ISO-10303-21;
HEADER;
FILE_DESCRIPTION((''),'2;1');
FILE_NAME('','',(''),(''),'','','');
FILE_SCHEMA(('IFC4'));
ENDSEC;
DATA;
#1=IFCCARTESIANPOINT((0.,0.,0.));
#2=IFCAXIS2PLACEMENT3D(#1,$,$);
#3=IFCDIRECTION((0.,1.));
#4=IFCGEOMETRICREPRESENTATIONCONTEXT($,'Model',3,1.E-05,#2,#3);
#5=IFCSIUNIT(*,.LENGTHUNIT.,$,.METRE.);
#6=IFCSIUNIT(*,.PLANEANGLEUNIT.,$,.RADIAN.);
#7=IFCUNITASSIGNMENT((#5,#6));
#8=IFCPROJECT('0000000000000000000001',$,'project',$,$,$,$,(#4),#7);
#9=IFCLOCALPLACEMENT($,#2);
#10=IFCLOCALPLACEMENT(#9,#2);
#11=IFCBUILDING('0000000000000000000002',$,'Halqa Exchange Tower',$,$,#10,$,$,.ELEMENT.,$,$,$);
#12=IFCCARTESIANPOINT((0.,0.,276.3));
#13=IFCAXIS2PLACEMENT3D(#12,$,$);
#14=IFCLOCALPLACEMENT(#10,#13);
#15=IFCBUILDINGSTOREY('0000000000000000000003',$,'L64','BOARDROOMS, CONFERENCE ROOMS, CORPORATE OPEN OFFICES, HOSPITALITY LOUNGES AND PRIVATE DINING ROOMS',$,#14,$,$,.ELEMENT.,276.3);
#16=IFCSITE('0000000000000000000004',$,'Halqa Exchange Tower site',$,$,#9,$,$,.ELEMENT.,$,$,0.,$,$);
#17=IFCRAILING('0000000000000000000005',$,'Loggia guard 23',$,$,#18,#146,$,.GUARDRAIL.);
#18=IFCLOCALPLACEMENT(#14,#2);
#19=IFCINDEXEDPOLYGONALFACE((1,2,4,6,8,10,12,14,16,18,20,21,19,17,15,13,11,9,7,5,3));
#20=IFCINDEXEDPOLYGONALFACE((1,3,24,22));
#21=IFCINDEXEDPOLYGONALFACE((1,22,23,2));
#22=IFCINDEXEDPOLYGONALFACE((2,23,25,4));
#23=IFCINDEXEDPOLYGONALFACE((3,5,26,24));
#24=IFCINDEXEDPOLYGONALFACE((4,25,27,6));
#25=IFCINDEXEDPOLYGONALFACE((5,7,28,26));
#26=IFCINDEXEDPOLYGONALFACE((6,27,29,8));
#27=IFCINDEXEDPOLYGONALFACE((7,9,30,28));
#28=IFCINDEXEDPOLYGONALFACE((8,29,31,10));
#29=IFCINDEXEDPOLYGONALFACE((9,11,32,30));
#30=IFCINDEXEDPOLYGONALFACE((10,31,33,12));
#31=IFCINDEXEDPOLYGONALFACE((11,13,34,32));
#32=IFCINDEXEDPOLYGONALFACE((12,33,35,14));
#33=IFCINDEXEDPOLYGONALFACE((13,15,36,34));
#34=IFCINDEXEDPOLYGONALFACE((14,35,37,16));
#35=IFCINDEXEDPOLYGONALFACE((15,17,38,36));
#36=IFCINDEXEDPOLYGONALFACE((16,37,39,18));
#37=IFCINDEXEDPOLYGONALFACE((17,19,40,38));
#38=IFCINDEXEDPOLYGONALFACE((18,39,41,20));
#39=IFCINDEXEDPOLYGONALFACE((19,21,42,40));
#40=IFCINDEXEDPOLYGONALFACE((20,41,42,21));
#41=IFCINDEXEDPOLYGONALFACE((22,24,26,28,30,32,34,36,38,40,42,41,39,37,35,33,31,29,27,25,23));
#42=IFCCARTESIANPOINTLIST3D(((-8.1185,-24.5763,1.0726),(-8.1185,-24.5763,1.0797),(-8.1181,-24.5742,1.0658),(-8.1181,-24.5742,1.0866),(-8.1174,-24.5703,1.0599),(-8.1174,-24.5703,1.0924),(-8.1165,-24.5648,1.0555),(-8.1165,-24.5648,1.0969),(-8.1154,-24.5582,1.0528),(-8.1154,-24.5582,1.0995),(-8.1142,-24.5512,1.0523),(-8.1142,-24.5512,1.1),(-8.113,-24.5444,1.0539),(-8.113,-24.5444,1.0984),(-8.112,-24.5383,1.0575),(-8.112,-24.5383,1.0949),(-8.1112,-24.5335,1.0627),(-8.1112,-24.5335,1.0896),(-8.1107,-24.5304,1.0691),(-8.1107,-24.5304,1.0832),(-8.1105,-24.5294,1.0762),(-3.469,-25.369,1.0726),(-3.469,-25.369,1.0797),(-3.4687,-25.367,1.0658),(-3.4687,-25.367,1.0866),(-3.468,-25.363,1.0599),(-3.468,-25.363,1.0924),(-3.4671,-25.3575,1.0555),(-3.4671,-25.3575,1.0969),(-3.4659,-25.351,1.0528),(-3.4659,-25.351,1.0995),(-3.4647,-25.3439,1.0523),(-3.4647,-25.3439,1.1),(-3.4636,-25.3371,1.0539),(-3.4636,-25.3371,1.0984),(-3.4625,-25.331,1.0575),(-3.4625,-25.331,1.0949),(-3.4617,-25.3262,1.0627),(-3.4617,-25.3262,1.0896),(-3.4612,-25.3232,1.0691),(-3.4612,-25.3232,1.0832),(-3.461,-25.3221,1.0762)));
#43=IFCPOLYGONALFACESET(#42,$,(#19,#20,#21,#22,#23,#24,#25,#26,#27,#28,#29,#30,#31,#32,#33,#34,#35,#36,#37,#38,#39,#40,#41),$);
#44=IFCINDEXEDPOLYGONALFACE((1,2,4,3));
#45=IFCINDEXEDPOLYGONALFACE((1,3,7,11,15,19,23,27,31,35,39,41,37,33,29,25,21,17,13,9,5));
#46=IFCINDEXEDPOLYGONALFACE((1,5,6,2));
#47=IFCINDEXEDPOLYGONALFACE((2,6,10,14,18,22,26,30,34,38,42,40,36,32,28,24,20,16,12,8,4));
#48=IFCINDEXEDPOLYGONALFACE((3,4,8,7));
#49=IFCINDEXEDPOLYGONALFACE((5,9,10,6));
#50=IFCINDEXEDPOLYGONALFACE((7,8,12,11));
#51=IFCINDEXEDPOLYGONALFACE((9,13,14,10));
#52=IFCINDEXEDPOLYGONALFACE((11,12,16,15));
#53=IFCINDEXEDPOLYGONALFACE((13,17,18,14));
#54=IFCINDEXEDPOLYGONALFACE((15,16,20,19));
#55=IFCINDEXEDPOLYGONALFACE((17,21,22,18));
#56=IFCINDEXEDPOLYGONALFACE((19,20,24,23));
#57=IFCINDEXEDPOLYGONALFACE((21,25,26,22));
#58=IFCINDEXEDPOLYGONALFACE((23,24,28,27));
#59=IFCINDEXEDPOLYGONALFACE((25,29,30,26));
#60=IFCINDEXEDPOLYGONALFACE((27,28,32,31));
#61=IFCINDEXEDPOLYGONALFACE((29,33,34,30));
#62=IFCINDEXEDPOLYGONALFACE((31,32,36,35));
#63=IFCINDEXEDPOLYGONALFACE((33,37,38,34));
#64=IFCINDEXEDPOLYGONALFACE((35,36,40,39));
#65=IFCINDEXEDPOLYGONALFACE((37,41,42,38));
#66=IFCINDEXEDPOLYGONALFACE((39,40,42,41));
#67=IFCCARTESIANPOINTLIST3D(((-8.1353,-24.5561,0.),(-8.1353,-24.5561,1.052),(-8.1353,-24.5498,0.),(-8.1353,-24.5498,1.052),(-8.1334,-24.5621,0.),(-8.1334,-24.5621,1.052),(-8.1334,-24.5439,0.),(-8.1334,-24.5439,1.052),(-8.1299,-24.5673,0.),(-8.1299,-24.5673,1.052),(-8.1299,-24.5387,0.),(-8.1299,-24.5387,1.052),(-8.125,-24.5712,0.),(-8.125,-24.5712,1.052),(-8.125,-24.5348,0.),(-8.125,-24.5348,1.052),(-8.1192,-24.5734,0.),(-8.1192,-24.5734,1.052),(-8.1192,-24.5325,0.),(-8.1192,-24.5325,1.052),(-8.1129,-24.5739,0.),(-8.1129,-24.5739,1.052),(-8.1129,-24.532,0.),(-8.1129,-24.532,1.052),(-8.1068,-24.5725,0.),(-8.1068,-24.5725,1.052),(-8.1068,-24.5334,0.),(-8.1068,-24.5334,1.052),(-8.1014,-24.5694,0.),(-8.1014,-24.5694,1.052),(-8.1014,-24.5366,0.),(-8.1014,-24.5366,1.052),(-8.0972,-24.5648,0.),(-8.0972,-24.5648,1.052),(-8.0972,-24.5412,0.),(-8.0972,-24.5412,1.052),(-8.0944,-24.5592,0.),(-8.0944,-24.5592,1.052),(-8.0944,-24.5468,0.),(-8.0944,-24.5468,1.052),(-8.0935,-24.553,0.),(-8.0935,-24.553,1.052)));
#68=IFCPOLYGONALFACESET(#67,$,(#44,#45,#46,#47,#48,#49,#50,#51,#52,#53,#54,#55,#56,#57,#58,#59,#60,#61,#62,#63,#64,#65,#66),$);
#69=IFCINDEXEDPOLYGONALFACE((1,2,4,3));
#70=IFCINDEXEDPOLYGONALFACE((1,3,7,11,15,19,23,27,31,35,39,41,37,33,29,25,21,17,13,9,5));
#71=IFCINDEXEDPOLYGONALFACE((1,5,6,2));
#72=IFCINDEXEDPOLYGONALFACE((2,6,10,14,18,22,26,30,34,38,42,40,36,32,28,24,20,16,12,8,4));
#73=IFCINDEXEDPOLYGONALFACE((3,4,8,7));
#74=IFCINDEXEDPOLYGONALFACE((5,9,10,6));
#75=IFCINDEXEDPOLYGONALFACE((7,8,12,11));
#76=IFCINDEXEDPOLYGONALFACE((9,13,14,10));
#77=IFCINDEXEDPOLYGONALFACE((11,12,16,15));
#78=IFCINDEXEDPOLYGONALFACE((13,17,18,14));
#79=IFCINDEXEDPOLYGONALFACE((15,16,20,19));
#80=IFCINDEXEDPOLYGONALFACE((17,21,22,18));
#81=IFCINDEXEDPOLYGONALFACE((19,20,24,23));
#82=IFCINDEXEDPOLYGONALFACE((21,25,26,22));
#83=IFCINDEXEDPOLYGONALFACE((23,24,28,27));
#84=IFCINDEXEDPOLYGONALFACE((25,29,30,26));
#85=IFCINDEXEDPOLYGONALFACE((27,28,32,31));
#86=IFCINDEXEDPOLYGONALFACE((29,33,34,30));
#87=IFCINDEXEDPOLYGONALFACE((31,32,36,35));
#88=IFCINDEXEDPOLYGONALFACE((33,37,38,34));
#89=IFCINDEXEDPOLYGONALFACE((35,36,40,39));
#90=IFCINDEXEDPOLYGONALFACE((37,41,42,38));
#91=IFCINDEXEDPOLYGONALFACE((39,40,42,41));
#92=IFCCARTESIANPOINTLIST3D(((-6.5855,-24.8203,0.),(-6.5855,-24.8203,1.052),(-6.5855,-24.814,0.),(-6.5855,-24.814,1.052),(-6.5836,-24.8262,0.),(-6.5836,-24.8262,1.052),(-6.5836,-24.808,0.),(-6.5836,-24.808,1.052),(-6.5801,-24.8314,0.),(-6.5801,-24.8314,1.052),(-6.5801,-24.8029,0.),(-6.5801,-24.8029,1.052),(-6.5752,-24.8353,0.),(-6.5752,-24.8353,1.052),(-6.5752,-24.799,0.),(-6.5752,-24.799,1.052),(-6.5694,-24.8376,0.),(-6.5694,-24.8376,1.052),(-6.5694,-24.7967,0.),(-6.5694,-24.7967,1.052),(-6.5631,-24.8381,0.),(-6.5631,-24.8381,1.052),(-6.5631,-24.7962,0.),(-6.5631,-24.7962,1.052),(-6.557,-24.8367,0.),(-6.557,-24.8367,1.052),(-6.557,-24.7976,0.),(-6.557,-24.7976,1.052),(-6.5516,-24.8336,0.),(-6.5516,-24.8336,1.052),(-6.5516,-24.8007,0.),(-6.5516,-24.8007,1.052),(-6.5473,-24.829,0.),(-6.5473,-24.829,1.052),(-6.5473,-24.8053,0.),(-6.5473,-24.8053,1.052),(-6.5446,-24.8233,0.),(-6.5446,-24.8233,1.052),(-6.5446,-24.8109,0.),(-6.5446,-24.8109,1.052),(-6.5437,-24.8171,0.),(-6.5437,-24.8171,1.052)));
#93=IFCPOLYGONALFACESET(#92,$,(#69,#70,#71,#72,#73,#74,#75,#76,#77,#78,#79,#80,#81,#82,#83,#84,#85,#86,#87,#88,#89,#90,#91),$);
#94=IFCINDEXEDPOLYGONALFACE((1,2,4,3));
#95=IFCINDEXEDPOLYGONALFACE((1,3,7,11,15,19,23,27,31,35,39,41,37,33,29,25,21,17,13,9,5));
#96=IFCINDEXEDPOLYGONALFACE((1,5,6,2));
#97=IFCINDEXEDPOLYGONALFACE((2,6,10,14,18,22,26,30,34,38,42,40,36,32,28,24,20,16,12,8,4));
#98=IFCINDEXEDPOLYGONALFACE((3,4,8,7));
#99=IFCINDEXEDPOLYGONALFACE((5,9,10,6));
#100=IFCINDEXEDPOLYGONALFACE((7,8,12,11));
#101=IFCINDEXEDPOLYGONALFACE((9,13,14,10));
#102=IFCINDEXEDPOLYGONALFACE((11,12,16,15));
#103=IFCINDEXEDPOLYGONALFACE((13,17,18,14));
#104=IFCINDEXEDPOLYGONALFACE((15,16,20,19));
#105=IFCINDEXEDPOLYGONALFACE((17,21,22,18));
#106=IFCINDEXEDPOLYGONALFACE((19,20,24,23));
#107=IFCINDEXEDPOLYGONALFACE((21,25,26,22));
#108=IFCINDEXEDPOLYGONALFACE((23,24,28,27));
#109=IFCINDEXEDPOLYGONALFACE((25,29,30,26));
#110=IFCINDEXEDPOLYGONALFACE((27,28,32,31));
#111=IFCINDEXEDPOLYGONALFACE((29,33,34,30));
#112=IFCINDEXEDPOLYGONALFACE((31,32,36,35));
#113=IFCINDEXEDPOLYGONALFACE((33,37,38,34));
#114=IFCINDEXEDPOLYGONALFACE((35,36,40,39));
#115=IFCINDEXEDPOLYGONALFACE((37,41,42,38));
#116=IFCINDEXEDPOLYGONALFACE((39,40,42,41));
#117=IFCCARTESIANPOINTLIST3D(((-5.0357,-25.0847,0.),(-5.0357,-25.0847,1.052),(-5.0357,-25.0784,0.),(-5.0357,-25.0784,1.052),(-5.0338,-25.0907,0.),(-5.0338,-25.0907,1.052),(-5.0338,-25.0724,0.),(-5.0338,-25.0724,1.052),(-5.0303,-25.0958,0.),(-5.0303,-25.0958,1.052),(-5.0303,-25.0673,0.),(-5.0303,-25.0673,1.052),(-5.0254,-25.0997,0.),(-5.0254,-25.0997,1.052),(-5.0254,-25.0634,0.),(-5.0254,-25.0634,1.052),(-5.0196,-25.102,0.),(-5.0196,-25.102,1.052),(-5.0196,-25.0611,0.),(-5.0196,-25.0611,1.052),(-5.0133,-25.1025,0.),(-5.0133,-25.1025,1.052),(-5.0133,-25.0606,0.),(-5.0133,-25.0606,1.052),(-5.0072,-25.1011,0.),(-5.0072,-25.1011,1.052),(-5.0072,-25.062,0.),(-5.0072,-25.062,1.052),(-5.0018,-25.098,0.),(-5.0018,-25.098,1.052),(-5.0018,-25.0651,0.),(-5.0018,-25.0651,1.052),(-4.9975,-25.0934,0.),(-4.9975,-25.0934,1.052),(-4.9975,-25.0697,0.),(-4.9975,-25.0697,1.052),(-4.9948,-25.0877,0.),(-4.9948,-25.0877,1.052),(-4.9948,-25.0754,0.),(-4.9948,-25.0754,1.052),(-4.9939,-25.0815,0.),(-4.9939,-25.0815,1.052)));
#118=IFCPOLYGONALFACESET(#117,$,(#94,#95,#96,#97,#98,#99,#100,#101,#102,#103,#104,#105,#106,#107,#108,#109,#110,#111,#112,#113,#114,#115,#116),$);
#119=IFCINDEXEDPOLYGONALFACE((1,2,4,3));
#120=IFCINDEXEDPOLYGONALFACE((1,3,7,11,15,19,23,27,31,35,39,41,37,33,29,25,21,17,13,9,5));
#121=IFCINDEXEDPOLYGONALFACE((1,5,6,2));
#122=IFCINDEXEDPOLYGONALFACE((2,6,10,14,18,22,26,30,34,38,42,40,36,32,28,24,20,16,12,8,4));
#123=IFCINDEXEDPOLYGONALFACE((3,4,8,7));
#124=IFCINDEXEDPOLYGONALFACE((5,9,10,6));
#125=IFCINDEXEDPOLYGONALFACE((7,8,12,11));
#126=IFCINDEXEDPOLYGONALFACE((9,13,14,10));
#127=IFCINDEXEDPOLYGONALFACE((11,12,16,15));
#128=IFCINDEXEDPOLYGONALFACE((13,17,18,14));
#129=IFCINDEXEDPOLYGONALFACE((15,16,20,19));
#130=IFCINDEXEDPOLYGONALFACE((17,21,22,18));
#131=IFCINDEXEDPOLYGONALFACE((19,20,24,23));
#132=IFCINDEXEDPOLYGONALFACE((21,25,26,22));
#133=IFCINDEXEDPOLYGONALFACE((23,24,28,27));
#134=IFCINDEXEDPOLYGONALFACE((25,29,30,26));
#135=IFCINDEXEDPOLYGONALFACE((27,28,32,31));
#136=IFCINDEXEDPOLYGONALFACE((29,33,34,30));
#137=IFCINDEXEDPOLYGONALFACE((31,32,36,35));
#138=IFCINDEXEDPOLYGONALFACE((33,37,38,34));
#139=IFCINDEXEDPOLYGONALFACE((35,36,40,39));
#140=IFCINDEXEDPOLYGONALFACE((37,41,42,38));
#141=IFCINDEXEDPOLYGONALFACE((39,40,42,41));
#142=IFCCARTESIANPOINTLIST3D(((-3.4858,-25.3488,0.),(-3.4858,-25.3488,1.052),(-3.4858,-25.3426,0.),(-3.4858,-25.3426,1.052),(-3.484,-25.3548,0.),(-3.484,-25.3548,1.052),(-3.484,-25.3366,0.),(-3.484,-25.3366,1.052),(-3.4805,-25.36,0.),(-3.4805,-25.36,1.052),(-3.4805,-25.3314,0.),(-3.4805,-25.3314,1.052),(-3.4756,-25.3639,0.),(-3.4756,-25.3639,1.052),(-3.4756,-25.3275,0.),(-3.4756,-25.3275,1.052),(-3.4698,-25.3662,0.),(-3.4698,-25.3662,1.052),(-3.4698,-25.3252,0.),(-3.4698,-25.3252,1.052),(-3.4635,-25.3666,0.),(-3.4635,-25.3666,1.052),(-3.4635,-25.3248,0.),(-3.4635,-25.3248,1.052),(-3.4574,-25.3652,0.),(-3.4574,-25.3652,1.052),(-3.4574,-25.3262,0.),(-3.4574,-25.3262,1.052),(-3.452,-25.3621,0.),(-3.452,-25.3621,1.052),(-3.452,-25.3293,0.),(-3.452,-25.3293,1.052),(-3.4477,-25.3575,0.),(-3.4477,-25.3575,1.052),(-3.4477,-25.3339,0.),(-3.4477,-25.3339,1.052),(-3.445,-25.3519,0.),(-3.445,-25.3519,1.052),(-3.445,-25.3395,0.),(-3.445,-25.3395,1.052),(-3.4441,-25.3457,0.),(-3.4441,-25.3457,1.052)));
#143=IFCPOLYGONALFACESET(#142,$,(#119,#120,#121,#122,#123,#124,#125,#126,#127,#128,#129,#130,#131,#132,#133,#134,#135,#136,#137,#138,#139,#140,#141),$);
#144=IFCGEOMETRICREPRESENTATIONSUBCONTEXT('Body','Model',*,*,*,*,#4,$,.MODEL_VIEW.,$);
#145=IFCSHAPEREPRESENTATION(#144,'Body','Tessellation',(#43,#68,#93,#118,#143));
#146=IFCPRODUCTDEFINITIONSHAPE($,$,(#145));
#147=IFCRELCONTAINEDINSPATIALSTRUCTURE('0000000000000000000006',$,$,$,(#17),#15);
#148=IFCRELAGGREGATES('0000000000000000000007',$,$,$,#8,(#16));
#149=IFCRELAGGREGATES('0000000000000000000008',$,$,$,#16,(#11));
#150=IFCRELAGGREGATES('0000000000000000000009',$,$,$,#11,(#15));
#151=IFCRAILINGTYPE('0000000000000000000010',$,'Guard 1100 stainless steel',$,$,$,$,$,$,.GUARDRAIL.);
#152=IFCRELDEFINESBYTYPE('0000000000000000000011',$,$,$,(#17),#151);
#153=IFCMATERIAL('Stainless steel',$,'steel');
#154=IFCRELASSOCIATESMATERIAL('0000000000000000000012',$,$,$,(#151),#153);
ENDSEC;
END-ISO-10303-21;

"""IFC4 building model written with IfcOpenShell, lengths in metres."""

from ifc_helpers import new_model, si_unit, direction, frame, origin, origin_2d, place, context, subcontext, project, spatial, circle, extrude, material, type_object, element, save


model = new_model("IFC4")

# Units and contexts
model_context = context("Model", 3, precision=1e-05, world=origin(), true_north=direction((0.0, 1.0)))
body_context = subcontext(model_context, "Body", "Model", "MODEL_VIEW")
ifc_project = project(units=[si_unit("LENGTHUNIT", "METRE"), si_unit("PLANEANGLEUNIT", "RADIAN")], contexts=[model_context])

# Site, building, storey
site_placement = place(None, origin())
site = spatial("IfcSite", under=ifc_project, at=site_placement, Name="Halqa Exchange Tower site", CompositionType="ELEMENT", RefElevation=0.0)
building_placement = place(site_placement, origin())
building = spatial("IfcBuilding", under=site, at=building_placement, Name="Halqa Exchange Tower", CompositionType="ELEMENT")
storey_placement = place(building_placement, frame((0.0, 0.0, 276.3)))
storey = spatial("IfcBuildingStorey", under=building, at=storey_placement, Name="L64", Description="BOARDROOMS, CONFERENCE ROOMS, CORPORATE OPEN OFFICES, HOSPITALITY LOUNGES AND PRIVATE DINING ROOMS", CompositionType="ELEMENT", Elevation=276.3)

# Railing
ifc_material_1 = material(Name="Stainless steel", Category="steel")
railing_type = type_object("IfcRailingType", Name="Guard 1100 stainless steel", PredefinedType="GUARDRAIL", material=ifc_material_1)
railing_1_placement = place(storey_placement, frame((-8.1145, -24.553, 0.0)))
element("IfcRailing", 1, at=railing_1_placement, inside=storey, type_object=railing_type, Name="Loggia guard 23", PredefinedType="GUARDRAIL", context=body_context, shape_type="SweptSolid", body=[
    extrude(circle(Radius=0.0239, at=origin_2d()), frame((0.0, 0.0, 1.0762), z_axis=(0.985774, -0.168074, 0.0), x_axis=(0.168074, 0.985774, 0.0)), (0.0, 0.0, 1.0), 4.7166),
    extrude(circle(Radius=0.021, at=origin_2d()), origin(), (0.0, 0.0, 1.0), 1.052),
    extrude(circle(Radius=0.021, at=origin_2d()), frame((1.5498, -0.2642, 0.0)), (0.0, 0.0, 1.0), 1.052),
    extrude(circle(Radius=0.021, at=origin_2d()), frame((3.0996, -0.5286, 0.0)), (0.0, 0.0, 1.0), 1.052),
    extrude(circle(Radius=0.021, at=origin_2d()), frame((4.6494, -0.7927, 0.0)), (0.0, 0.0, 1.0), 1.052),
])

save(model, "model.ifc")
